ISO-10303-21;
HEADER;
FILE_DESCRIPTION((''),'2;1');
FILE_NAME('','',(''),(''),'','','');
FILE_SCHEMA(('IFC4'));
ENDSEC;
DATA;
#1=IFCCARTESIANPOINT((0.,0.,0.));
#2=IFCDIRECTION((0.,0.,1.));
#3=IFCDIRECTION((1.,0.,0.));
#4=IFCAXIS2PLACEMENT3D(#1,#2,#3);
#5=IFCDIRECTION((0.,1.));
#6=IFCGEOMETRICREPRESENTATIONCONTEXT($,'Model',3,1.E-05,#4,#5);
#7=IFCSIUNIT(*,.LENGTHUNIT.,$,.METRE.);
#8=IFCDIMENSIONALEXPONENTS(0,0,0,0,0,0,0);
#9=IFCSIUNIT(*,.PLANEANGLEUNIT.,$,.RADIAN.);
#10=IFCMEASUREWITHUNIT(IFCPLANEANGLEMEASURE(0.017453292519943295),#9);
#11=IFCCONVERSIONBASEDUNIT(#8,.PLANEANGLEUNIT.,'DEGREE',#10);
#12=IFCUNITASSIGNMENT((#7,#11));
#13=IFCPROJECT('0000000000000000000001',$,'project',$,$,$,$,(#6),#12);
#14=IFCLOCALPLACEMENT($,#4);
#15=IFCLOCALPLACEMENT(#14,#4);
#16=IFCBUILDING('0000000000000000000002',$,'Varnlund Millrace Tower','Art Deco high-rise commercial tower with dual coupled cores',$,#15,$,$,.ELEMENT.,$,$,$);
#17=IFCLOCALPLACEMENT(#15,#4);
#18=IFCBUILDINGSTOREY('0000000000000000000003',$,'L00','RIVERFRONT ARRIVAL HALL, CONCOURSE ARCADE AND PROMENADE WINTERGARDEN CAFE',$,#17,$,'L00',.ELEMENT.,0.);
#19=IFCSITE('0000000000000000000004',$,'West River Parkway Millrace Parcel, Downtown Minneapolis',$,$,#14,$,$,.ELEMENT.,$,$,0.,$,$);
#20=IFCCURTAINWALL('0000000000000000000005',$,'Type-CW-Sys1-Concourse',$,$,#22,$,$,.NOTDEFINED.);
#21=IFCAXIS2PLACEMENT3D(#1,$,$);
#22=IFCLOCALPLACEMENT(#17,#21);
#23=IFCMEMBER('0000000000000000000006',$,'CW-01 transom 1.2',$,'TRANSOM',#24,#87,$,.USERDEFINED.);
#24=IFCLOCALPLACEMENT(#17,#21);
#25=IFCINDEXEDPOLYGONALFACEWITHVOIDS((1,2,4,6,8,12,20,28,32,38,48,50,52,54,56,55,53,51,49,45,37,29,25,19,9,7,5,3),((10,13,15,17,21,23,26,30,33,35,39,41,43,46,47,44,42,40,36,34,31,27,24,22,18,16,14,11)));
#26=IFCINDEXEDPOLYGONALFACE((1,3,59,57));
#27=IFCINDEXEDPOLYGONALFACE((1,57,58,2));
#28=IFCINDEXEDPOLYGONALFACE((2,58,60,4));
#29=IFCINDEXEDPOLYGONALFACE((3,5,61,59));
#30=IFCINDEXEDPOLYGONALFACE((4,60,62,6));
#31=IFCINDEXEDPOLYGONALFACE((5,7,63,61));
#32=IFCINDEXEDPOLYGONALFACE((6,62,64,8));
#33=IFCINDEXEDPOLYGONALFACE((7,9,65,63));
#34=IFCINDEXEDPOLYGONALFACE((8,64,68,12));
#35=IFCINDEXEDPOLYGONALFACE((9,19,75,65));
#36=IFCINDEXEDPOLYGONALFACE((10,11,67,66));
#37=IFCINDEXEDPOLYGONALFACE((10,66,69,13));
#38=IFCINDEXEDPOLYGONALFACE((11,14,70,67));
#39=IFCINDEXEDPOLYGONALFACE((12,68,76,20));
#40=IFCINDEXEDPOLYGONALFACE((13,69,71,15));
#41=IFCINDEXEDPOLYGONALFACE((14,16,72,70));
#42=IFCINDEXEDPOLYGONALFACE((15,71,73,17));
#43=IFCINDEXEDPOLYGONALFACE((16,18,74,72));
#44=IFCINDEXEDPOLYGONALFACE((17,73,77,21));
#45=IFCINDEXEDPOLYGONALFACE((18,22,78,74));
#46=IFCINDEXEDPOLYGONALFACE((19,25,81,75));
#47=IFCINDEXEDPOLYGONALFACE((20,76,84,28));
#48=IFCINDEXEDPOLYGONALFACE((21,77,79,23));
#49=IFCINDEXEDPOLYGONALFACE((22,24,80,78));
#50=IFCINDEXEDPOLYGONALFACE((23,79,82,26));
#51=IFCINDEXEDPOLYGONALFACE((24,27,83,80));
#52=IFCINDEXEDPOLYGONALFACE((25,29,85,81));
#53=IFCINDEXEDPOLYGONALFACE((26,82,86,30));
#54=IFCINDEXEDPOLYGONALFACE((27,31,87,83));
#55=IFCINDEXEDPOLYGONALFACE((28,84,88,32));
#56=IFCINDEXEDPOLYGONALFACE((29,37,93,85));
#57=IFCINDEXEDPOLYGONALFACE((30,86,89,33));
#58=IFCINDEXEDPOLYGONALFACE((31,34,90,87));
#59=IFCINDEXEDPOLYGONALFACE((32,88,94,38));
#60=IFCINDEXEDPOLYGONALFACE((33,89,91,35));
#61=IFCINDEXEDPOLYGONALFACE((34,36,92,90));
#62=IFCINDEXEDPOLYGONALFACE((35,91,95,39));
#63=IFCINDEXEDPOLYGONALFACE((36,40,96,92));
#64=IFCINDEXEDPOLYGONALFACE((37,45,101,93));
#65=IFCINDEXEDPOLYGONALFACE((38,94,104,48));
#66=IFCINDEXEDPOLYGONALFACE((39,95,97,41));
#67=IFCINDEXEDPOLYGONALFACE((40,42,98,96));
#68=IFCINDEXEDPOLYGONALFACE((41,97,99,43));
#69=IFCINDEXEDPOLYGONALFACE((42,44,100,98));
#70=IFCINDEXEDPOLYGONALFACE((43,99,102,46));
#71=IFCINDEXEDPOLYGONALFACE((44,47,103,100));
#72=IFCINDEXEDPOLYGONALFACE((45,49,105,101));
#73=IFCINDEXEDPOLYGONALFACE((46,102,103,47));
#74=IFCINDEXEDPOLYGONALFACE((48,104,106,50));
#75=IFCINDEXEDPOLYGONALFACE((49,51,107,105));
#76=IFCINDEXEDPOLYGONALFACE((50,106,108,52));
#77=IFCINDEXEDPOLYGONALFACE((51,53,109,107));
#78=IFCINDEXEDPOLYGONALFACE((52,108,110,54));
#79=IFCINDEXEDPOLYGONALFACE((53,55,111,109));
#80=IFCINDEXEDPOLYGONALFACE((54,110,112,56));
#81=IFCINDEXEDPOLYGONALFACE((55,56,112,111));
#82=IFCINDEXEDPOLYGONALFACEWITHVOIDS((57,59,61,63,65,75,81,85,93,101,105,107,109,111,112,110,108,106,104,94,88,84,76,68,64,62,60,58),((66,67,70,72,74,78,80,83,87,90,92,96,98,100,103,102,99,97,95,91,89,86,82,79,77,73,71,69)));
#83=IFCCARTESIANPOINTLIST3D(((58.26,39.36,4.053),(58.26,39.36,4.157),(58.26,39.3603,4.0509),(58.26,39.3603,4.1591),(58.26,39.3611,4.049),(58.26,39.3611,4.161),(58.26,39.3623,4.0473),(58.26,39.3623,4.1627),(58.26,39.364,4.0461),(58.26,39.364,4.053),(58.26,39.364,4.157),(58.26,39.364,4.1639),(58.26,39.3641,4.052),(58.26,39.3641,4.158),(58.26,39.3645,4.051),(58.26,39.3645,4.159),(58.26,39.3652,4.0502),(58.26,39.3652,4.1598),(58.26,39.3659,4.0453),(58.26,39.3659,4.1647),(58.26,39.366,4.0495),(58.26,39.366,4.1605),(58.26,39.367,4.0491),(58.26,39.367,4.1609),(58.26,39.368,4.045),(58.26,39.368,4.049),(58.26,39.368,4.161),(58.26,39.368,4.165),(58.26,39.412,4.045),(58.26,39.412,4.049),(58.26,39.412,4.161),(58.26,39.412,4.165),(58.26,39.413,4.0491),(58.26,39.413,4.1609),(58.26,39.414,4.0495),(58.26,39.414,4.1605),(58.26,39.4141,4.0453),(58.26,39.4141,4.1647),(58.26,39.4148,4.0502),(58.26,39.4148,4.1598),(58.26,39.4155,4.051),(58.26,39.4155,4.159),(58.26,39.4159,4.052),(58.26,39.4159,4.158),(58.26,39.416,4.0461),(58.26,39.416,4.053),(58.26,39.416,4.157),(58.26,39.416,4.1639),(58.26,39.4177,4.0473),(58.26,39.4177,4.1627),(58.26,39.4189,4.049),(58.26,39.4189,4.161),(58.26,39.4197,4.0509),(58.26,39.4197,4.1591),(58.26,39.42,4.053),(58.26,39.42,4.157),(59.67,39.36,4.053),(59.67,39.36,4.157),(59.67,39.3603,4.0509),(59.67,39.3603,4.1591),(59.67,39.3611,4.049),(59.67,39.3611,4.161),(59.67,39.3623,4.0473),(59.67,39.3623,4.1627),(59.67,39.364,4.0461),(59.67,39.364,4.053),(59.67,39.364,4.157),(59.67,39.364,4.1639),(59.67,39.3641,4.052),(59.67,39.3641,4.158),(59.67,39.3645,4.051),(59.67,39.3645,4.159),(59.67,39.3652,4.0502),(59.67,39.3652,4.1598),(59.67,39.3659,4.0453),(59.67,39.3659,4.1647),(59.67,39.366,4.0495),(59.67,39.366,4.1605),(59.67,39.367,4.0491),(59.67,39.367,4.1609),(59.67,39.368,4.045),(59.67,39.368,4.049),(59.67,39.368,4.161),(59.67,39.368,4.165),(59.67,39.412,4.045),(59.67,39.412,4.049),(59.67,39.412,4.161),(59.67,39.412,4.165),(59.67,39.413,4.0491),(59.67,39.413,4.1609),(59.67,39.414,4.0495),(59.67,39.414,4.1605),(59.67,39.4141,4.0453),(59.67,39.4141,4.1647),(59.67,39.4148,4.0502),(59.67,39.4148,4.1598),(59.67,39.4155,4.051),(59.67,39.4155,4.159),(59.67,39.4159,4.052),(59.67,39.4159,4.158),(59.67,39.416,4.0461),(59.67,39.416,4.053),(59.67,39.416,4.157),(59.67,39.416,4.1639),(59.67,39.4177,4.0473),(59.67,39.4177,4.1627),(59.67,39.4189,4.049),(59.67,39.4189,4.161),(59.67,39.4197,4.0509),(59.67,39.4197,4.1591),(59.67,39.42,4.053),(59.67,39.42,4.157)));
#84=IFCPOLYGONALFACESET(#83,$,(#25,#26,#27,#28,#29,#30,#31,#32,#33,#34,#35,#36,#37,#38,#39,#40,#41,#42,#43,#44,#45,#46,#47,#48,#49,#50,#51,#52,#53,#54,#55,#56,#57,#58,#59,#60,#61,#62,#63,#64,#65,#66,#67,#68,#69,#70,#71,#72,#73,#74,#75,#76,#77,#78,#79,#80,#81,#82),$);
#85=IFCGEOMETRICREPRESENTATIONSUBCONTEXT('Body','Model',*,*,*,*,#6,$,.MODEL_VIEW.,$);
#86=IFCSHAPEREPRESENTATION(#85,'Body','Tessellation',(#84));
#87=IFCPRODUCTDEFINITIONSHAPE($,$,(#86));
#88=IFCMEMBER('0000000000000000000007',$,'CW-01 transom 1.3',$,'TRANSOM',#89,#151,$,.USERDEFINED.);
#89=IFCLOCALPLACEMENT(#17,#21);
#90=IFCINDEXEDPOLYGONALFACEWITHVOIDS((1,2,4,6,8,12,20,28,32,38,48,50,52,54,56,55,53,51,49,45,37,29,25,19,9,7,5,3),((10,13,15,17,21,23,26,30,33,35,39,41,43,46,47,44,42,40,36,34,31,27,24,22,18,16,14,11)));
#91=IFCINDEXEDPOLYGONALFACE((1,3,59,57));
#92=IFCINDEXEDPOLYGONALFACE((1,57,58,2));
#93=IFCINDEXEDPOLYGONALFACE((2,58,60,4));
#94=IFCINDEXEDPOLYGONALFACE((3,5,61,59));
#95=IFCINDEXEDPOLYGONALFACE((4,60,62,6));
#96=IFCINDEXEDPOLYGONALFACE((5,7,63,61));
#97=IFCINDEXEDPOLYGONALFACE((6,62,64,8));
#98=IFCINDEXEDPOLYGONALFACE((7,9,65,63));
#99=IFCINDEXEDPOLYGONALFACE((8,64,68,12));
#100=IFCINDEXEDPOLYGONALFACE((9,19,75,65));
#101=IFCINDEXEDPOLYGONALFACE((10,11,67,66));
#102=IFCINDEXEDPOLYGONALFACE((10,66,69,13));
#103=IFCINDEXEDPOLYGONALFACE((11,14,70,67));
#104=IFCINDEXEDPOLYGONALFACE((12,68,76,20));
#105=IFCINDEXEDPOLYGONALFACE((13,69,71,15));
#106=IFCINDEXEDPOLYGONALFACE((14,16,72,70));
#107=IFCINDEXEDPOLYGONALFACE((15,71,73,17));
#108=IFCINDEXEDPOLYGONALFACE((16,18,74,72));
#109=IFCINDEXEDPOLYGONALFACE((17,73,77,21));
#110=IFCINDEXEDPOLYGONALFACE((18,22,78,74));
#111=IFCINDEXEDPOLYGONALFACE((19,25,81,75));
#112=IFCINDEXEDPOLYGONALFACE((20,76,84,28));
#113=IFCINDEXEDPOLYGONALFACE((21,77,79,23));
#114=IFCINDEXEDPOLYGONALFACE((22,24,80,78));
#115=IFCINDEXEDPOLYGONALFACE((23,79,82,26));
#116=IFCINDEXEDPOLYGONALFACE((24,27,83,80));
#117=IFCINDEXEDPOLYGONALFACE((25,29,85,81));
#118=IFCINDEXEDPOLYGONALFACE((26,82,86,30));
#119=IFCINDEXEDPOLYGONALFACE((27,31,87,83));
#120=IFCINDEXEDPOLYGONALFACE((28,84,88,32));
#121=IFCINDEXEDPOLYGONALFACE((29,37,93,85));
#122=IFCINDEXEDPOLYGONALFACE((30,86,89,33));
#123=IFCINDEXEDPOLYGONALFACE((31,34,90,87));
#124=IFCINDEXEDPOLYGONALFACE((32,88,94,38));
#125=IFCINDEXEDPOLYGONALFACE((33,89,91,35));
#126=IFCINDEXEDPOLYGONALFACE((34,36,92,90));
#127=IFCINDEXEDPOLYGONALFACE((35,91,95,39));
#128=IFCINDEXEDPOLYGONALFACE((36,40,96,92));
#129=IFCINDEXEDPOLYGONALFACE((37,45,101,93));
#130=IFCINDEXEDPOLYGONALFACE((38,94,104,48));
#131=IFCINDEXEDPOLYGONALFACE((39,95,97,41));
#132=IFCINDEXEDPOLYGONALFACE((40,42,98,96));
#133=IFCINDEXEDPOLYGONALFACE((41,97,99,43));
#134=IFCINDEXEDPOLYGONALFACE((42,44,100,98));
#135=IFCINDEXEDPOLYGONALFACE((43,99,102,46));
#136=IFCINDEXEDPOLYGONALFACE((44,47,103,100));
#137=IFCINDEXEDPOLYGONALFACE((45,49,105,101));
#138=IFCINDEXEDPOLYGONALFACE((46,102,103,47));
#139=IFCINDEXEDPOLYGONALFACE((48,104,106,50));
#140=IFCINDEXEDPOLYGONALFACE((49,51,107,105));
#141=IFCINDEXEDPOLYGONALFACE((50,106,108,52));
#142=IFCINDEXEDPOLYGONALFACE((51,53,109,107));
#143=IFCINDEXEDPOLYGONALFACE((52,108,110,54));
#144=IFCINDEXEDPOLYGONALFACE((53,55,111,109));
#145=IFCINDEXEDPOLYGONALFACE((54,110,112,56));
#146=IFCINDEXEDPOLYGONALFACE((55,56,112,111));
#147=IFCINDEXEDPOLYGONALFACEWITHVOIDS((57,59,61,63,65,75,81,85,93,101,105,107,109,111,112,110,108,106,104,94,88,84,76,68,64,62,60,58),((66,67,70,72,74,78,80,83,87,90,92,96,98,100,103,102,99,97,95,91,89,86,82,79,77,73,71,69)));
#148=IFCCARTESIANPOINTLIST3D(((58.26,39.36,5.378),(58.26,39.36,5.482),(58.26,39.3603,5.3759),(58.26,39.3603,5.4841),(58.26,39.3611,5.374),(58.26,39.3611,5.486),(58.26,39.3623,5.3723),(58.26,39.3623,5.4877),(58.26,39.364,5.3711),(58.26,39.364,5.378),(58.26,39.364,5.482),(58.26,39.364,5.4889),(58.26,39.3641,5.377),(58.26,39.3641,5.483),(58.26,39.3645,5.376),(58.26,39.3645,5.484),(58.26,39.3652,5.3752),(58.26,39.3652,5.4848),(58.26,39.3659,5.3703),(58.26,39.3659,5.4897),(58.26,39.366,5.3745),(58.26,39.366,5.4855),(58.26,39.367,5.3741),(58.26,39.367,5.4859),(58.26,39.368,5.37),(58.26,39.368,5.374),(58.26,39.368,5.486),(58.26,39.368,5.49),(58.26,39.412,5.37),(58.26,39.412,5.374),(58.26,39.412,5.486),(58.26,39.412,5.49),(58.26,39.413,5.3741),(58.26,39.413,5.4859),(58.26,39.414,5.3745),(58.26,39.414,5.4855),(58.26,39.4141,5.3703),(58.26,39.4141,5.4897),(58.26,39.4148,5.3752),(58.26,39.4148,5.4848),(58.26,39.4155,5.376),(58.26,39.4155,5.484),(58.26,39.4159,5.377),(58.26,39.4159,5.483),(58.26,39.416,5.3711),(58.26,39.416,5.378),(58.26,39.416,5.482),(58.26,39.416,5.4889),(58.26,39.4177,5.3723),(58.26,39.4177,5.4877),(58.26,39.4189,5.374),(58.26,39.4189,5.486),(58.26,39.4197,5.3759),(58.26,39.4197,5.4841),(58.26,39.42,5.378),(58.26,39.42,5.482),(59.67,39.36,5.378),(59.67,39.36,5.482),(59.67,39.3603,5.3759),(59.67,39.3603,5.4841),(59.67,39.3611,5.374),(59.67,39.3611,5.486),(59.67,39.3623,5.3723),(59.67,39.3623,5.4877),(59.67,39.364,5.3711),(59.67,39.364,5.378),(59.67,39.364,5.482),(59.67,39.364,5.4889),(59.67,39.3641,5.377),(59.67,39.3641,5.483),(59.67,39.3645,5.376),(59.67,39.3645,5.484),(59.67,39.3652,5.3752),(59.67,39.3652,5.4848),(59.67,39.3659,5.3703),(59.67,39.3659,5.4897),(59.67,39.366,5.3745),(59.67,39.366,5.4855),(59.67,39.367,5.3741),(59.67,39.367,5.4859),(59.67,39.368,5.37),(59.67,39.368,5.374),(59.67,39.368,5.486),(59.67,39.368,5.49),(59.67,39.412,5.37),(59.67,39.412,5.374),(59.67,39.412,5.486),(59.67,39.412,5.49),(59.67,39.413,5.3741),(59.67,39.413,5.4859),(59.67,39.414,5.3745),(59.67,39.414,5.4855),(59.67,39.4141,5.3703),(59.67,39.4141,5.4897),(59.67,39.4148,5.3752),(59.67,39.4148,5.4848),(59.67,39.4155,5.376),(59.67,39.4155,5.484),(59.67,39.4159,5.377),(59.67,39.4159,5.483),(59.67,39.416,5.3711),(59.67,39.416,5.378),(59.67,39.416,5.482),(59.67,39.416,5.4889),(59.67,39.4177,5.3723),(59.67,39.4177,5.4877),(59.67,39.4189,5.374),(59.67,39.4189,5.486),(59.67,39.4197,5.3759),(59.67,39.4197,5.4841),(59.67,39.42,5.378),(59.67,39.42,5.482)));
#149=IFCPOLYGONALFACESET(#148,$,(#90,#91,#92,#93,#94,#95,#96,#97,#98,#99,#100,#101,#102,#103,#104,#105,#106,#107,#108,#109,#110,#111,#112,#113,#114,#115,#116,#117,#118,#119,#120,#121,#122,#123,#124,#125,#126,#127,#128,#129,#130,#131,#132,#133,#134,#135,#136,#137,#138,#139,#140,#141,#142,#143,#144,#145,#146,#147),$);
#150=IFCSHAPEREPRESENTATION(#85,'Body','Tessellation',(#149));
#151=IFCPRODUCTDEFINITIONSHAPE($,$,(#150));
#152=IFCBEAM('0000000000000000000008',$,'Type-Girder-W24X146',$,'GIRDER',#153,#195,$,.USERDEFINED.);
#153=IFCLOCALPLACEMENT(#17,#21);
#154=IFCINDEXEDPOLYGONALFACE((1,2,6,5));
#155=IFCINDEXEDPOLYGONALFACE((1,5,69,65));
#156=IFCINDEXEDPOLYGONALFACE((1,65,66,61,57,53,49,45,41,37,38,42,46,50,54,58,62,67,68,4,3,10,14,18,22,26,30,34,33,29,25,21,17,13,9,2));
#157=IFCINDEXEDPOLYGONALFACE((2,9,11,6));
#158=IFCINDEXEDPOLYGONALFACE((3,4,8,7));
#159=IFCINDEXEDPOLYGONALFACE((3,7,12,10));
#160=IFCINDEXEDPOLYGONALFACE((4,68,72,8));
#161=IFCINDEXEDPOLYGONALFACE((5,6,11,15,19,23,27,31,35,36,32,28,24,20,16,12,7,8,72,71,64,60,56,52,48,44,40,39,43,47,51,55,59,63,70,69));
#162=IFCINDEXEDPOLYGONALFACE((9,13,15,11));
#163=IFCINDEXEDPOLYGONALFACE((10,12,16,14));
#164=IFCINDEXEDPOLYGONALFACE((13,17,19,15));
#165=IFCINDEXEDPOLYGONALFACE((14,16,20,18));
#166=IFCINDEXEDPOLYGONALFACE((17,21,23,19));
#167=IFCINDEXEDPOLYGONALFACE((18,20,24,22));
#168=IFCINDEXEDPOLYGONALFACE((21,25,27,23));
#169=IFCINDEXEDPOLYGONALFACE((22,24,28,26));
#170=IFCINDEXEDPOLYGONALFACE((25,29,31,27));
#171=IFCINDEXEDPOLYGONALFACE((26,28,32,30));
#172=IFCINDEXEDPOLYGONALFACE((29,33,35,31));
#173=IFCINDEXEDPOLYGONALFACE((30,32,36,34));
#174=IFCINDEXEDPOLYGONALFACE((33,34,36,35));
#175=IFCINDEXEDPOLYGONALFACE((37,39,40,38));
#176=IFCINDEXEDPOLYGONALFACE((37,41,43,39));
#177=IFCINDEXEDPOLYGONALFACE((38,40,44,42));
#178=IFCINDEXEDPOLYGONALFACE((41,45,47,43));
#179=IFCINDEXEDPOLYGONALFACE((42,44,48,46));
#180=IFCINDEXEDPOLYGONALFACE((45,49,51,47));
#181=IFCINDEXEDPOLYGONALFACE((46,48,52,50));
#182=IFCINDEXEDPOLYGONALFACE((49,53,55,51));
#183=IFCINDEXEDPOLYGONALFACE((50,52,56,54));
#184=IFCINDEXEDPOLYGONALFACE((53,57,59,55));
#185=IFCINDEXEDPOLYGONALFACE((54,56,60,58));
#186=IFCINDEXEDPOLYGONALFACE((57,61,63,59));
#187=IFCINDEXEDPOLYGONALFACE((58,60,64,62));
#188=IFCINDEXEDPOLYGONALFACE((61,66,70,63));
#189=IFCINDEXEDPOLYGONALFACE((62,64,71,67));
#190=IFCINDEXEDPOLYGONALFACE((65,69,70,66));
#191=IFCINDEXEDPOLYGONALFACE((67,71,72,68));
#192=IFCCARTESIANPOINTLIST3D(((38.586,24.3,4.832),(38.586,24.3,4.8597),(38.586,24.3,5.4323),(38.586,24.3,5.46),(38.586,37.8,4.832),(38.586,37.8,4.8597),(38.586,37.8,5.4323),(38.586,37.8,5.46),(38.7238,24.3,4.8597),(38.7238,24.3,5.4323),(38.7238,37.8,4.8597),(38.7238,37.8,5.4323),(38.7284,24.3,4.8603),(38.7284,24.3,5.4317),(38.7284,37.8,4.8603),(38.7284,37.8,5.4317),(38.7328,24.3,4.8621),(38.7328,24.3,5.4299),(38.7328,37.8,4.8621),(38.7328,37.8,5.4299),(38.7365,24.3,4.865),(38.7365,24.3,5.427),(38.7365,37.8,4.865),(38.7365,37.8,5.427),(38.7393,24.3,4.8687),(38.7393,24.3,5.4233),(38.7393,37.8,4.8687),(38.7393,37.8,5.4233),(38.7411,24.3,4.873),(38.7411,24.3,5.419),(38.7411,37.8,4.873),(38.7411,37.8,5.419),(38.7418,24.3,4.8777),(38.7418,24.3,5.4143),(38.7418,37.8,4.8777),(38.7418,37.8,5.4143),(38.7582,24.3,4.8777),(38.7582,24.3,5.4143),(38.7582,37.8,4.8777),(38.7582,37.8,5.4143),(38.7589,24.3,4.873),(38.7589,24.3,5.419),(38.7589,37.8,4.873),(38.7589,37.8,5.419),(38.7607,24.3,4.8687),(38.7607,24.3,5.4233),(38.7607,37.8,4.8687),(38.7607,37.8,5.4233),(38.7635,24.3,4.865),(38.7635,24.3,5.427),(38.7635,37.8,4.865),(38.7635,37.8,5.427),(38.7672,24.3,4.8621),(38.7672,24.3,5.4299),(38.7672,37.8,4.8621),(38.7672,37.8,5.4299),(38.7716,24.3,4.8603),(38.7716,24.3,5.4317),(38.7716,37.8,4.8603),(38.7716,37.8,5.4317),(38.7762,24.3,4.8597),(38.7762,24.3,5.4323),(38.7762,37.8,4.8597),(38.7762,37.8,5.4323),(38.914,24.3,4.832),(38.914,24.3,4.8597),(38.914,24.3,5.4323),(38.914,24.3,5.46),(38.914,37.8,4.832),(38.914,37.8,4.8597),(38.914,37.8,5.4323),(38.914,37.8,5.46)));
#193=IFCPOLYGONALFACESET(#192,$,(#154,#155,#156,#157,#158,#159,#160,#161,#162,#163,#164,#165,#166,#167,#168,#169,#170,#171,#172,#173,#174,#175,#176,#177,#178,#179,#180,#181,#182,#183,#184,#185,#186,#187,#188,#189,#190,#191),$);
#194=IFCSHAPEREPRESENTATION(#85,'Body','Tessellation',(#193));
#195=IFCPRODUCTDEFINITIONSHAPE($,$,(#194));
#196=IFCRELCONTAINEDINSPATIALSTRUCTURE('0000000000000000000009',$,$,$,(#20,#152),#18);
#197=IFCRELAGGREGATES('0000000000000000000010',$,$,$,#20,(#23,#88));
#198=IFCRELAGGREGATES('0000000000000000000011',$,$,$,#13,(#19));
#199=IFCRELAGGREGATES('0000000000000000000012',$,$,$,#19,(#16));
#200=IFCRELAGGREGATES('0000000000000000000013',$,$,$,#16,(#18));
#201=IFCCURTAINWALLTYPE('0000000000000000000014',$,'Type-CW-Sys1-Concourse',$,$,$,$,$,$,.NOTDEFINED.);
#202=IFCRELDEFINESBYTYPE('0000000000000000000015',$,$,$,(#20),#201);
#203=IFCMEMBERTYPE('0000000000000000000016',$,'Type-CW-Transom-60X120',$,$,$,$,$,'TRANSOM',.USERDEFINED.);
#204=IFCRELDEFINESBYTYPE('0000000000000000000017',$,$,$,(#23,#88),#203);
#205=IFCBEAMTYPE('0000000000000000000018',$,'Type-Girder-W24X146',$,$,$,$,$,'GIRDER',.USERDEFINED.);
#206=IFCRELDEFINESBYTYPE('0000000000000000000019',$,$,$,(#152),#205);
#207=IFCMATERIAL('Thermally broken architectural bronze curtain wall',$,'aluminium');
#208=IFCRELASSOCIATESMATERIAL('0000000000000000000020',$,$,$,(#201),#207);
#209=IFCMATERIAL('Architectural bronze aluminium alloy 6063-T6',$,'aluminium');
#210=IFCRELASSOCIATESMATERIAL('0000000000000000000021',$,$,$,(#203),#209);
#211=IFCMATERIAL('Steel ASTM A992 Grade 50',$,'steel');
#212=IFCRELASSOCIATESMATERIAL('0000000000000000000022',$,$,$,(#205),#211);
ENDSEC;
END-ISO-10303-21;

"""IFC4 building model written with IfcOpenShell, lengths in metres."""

from ifc_helpers import new_model, entity, si_unit, converted_unit, direction, frame, origin_with_axes, origin_2d_with_axis, place, context, subcontext, project, spatial, hollow_rectangle, i_section, extrude, material, material_profile, profile_set, type_object, element, aggregate, save


model = new_model("IFC4")

# Units and contexts
model_context = context("Model", 3, precision=1e-05, world=origin_with_axes(), true_north=direction((0.0, 1.0)))
body_context = subcontext(model_context, "Body", "Model", "MODEL_VIEW")
ifc_project = project(units=[si_unit("LENGTHUNIT", "METRE"), converted_unit("PLANEANGLEUNIT", "DEGREE", entity("IfcPlaneAngleMeasure", 0.017453292519943295), si_unit("PLANEANGLEUNIT", "RADIAN"), dimensions=[0, 0, 0, 0, 0, 0, 0])], contexts=[model_context])

# Site, building, storey
site_placement = place(None, origin_with_axes())
site = spatial("IfcSite", under=ifc_project, at=site_placement, Name="West River Parkway Millrace Parcel, Downtown Minneapolis", CompositionType="ELEMENT", RefElevation=0.0)
building_placement = place(site_placement, origin_with_axes())
building = spatial("IfcBuilding", under=site, at=building_placement, Name="Varnlund Millrace Tower", Description="Art Deco high-rise commercial tower with dual coupled cores", CompositionType="ELEMENT")
storey_placement = place(building_placement, origin_with_axes())
storey = spatial("IfcBuildingStorey", under=building, at=storey_placement, Name="L00", Description="RIVERFRONT ARRIVAL HALL, CONCOURSE ARCADE AND PROMENADE WINTERGARDEN CAFE", LongName="L00", CompositionType="ELEMENT", Elevation=0.0)

# Curtain wall, members
ifc_material_1 = material(Name="Thermally broken architectural bronze curtain wall", Category="aluminium")
curtain_wall_type = type_object("IfcCurtainWallType", Name="Type-CW-Sys1-Concourse", PredefinedType="NOTDEFINED", material=ifc_material_1)
curtain_wall_placement = place(storey_placement, frame((58.2, 39.39, 2.75), z_axis=(0.0, 0.0, 1.0), x_axis=(1.0, 0.0, 0.0)))
curtain_wall = element("IfcCurtainWall", 1, at=curtain_wall_placement, inside=storey, type_object=curtain_wall_type, Name="Type-CW-Sys1-Concourse", PredefinedType="NOTDEFINED")
ifc_material_2 = material(Name="Architectural bronze aluminium alloy 6063-T6", Category="aluminium")
ifc_material_profile_1 = material_profile(ifc_material_2, hollow_rectangle(XDim=0.06, YDim=0.12, WallThickness=0.004, InnerFilletRadius=0.004, OuterFilletRadius=0.008, at=origin_2d_with_axis()), Name="Architectural bronze aluminium alloy 6063-T6")
ifc_profile_set_1 = profile_set([ifc_material_profile_1], Name="Architectural bronze aluminium alloy 6063-T6")
member_type_1 = type_object("IfcMemberType", Name="Type-CW-Transom-60X120", ElementType="TRANSOM", PredefinedType="USERDEFINED", material=ifc_profile_set_1)
member_1_placement = place(storey_placement, frame((58.26, 39.39, 4.105), z_axis=(1.0, 0.0, 0.0), x_axis=(0.0, 1.0, 0.0)))
member_1 = element("IfcMember", 2, at=member_1_placement, type_object=member_type_1, Name="CW-01 transom 1.2", ObjectType="TRANSOM", PredefinedType="USERDEFINED", context=body_context, shape_type="SweptSolid", body=[
    extrude(hollow_rectangle(XDim=0.06, YDim=0.12, WallThickness=0.004, InnerFilletRadius=0.004, OuterFilletRadius=0.008, at=origin_2d_with_axis()), origin_with_axes(), (0.0, 0.0, 1.0), 1.41),
])
member_2_placement = place(storey_placement, frame((58.26, 39.39, 5.43), z_axis=(1.0, 0.0, 0.0), x_axis=(0.0, 1.0, 0.0)))
member_2 = element("IfcMember", 3, at=member_2_placement, type_object=member_type_1, Name="CW-01 transom 1.3", ObjectType="TRANSOM", PredefinedType="USERDEFINED", context=body_context, shape_type="SweptSolid", body=[
    extrude(hollow_rectangle(XDim=0.06, YDim=0.12, WallThickness=0.004, InnerFilletRadius=0.004, OuterFilletRadius=0.008, at=origin_2d_with_axis()), origin_with_axes(), (0.0, 0.0, 1.0), 1.41),
])

# Beam
ifc_material_3 = material(Name="Steel ASTM A992 Grade 50", Category="steel")
ifc_material_profile_2 = material_profile(ifc_material_3, i_section(OverallWidth=0.328, OverallDepth=0.628, WebThickness=0.0165, FlangeThickness=0.0277, FilletRadius=0.018, at=origin_2d_with_axis()), Name="Steel ASTM A992 Grade 50")
ifc_profile_set_2 = profile_set([ifc_material_profile_2], Name="Steel ASTM A992 Grade 50")
beam_type_1 = type_object("IfcBeamType", Name="Type-Girder-W24X146", ElementType="GIRDER", PredefinedType="USERDEFINED", material=ifc_profile_set_2)
beam_1_placement = place(storey_placement, frame((38.75, 24.3, 5.146), z_axis=(0.0, 1.0, 0.0), x_axis=(-1.0, 0.0, 0.0)))
element("IfcBeam", 4, at=beam_1_placement, inside=storey, type_object=beam_type_1, Name="Type-Girder-W24X146", ObjectType="GIRDER", PredefinedType="USERDEFINED", context=body_context, shape_type="SweptSolid", body=[
    extrude(i_section(OverallWidth=0.328, OverallDepth=0.628, WebThickness=0.0165, FlangeThickness=0.0277, FilletRadius=0.018, at=origin_2d_with_axis()), origin_with_axes(), (0.0, 0.0, 1.0), 13.5),
])

aggregate(curtain_wall, [member_1, member_2])

save(model, "model.ifc")
